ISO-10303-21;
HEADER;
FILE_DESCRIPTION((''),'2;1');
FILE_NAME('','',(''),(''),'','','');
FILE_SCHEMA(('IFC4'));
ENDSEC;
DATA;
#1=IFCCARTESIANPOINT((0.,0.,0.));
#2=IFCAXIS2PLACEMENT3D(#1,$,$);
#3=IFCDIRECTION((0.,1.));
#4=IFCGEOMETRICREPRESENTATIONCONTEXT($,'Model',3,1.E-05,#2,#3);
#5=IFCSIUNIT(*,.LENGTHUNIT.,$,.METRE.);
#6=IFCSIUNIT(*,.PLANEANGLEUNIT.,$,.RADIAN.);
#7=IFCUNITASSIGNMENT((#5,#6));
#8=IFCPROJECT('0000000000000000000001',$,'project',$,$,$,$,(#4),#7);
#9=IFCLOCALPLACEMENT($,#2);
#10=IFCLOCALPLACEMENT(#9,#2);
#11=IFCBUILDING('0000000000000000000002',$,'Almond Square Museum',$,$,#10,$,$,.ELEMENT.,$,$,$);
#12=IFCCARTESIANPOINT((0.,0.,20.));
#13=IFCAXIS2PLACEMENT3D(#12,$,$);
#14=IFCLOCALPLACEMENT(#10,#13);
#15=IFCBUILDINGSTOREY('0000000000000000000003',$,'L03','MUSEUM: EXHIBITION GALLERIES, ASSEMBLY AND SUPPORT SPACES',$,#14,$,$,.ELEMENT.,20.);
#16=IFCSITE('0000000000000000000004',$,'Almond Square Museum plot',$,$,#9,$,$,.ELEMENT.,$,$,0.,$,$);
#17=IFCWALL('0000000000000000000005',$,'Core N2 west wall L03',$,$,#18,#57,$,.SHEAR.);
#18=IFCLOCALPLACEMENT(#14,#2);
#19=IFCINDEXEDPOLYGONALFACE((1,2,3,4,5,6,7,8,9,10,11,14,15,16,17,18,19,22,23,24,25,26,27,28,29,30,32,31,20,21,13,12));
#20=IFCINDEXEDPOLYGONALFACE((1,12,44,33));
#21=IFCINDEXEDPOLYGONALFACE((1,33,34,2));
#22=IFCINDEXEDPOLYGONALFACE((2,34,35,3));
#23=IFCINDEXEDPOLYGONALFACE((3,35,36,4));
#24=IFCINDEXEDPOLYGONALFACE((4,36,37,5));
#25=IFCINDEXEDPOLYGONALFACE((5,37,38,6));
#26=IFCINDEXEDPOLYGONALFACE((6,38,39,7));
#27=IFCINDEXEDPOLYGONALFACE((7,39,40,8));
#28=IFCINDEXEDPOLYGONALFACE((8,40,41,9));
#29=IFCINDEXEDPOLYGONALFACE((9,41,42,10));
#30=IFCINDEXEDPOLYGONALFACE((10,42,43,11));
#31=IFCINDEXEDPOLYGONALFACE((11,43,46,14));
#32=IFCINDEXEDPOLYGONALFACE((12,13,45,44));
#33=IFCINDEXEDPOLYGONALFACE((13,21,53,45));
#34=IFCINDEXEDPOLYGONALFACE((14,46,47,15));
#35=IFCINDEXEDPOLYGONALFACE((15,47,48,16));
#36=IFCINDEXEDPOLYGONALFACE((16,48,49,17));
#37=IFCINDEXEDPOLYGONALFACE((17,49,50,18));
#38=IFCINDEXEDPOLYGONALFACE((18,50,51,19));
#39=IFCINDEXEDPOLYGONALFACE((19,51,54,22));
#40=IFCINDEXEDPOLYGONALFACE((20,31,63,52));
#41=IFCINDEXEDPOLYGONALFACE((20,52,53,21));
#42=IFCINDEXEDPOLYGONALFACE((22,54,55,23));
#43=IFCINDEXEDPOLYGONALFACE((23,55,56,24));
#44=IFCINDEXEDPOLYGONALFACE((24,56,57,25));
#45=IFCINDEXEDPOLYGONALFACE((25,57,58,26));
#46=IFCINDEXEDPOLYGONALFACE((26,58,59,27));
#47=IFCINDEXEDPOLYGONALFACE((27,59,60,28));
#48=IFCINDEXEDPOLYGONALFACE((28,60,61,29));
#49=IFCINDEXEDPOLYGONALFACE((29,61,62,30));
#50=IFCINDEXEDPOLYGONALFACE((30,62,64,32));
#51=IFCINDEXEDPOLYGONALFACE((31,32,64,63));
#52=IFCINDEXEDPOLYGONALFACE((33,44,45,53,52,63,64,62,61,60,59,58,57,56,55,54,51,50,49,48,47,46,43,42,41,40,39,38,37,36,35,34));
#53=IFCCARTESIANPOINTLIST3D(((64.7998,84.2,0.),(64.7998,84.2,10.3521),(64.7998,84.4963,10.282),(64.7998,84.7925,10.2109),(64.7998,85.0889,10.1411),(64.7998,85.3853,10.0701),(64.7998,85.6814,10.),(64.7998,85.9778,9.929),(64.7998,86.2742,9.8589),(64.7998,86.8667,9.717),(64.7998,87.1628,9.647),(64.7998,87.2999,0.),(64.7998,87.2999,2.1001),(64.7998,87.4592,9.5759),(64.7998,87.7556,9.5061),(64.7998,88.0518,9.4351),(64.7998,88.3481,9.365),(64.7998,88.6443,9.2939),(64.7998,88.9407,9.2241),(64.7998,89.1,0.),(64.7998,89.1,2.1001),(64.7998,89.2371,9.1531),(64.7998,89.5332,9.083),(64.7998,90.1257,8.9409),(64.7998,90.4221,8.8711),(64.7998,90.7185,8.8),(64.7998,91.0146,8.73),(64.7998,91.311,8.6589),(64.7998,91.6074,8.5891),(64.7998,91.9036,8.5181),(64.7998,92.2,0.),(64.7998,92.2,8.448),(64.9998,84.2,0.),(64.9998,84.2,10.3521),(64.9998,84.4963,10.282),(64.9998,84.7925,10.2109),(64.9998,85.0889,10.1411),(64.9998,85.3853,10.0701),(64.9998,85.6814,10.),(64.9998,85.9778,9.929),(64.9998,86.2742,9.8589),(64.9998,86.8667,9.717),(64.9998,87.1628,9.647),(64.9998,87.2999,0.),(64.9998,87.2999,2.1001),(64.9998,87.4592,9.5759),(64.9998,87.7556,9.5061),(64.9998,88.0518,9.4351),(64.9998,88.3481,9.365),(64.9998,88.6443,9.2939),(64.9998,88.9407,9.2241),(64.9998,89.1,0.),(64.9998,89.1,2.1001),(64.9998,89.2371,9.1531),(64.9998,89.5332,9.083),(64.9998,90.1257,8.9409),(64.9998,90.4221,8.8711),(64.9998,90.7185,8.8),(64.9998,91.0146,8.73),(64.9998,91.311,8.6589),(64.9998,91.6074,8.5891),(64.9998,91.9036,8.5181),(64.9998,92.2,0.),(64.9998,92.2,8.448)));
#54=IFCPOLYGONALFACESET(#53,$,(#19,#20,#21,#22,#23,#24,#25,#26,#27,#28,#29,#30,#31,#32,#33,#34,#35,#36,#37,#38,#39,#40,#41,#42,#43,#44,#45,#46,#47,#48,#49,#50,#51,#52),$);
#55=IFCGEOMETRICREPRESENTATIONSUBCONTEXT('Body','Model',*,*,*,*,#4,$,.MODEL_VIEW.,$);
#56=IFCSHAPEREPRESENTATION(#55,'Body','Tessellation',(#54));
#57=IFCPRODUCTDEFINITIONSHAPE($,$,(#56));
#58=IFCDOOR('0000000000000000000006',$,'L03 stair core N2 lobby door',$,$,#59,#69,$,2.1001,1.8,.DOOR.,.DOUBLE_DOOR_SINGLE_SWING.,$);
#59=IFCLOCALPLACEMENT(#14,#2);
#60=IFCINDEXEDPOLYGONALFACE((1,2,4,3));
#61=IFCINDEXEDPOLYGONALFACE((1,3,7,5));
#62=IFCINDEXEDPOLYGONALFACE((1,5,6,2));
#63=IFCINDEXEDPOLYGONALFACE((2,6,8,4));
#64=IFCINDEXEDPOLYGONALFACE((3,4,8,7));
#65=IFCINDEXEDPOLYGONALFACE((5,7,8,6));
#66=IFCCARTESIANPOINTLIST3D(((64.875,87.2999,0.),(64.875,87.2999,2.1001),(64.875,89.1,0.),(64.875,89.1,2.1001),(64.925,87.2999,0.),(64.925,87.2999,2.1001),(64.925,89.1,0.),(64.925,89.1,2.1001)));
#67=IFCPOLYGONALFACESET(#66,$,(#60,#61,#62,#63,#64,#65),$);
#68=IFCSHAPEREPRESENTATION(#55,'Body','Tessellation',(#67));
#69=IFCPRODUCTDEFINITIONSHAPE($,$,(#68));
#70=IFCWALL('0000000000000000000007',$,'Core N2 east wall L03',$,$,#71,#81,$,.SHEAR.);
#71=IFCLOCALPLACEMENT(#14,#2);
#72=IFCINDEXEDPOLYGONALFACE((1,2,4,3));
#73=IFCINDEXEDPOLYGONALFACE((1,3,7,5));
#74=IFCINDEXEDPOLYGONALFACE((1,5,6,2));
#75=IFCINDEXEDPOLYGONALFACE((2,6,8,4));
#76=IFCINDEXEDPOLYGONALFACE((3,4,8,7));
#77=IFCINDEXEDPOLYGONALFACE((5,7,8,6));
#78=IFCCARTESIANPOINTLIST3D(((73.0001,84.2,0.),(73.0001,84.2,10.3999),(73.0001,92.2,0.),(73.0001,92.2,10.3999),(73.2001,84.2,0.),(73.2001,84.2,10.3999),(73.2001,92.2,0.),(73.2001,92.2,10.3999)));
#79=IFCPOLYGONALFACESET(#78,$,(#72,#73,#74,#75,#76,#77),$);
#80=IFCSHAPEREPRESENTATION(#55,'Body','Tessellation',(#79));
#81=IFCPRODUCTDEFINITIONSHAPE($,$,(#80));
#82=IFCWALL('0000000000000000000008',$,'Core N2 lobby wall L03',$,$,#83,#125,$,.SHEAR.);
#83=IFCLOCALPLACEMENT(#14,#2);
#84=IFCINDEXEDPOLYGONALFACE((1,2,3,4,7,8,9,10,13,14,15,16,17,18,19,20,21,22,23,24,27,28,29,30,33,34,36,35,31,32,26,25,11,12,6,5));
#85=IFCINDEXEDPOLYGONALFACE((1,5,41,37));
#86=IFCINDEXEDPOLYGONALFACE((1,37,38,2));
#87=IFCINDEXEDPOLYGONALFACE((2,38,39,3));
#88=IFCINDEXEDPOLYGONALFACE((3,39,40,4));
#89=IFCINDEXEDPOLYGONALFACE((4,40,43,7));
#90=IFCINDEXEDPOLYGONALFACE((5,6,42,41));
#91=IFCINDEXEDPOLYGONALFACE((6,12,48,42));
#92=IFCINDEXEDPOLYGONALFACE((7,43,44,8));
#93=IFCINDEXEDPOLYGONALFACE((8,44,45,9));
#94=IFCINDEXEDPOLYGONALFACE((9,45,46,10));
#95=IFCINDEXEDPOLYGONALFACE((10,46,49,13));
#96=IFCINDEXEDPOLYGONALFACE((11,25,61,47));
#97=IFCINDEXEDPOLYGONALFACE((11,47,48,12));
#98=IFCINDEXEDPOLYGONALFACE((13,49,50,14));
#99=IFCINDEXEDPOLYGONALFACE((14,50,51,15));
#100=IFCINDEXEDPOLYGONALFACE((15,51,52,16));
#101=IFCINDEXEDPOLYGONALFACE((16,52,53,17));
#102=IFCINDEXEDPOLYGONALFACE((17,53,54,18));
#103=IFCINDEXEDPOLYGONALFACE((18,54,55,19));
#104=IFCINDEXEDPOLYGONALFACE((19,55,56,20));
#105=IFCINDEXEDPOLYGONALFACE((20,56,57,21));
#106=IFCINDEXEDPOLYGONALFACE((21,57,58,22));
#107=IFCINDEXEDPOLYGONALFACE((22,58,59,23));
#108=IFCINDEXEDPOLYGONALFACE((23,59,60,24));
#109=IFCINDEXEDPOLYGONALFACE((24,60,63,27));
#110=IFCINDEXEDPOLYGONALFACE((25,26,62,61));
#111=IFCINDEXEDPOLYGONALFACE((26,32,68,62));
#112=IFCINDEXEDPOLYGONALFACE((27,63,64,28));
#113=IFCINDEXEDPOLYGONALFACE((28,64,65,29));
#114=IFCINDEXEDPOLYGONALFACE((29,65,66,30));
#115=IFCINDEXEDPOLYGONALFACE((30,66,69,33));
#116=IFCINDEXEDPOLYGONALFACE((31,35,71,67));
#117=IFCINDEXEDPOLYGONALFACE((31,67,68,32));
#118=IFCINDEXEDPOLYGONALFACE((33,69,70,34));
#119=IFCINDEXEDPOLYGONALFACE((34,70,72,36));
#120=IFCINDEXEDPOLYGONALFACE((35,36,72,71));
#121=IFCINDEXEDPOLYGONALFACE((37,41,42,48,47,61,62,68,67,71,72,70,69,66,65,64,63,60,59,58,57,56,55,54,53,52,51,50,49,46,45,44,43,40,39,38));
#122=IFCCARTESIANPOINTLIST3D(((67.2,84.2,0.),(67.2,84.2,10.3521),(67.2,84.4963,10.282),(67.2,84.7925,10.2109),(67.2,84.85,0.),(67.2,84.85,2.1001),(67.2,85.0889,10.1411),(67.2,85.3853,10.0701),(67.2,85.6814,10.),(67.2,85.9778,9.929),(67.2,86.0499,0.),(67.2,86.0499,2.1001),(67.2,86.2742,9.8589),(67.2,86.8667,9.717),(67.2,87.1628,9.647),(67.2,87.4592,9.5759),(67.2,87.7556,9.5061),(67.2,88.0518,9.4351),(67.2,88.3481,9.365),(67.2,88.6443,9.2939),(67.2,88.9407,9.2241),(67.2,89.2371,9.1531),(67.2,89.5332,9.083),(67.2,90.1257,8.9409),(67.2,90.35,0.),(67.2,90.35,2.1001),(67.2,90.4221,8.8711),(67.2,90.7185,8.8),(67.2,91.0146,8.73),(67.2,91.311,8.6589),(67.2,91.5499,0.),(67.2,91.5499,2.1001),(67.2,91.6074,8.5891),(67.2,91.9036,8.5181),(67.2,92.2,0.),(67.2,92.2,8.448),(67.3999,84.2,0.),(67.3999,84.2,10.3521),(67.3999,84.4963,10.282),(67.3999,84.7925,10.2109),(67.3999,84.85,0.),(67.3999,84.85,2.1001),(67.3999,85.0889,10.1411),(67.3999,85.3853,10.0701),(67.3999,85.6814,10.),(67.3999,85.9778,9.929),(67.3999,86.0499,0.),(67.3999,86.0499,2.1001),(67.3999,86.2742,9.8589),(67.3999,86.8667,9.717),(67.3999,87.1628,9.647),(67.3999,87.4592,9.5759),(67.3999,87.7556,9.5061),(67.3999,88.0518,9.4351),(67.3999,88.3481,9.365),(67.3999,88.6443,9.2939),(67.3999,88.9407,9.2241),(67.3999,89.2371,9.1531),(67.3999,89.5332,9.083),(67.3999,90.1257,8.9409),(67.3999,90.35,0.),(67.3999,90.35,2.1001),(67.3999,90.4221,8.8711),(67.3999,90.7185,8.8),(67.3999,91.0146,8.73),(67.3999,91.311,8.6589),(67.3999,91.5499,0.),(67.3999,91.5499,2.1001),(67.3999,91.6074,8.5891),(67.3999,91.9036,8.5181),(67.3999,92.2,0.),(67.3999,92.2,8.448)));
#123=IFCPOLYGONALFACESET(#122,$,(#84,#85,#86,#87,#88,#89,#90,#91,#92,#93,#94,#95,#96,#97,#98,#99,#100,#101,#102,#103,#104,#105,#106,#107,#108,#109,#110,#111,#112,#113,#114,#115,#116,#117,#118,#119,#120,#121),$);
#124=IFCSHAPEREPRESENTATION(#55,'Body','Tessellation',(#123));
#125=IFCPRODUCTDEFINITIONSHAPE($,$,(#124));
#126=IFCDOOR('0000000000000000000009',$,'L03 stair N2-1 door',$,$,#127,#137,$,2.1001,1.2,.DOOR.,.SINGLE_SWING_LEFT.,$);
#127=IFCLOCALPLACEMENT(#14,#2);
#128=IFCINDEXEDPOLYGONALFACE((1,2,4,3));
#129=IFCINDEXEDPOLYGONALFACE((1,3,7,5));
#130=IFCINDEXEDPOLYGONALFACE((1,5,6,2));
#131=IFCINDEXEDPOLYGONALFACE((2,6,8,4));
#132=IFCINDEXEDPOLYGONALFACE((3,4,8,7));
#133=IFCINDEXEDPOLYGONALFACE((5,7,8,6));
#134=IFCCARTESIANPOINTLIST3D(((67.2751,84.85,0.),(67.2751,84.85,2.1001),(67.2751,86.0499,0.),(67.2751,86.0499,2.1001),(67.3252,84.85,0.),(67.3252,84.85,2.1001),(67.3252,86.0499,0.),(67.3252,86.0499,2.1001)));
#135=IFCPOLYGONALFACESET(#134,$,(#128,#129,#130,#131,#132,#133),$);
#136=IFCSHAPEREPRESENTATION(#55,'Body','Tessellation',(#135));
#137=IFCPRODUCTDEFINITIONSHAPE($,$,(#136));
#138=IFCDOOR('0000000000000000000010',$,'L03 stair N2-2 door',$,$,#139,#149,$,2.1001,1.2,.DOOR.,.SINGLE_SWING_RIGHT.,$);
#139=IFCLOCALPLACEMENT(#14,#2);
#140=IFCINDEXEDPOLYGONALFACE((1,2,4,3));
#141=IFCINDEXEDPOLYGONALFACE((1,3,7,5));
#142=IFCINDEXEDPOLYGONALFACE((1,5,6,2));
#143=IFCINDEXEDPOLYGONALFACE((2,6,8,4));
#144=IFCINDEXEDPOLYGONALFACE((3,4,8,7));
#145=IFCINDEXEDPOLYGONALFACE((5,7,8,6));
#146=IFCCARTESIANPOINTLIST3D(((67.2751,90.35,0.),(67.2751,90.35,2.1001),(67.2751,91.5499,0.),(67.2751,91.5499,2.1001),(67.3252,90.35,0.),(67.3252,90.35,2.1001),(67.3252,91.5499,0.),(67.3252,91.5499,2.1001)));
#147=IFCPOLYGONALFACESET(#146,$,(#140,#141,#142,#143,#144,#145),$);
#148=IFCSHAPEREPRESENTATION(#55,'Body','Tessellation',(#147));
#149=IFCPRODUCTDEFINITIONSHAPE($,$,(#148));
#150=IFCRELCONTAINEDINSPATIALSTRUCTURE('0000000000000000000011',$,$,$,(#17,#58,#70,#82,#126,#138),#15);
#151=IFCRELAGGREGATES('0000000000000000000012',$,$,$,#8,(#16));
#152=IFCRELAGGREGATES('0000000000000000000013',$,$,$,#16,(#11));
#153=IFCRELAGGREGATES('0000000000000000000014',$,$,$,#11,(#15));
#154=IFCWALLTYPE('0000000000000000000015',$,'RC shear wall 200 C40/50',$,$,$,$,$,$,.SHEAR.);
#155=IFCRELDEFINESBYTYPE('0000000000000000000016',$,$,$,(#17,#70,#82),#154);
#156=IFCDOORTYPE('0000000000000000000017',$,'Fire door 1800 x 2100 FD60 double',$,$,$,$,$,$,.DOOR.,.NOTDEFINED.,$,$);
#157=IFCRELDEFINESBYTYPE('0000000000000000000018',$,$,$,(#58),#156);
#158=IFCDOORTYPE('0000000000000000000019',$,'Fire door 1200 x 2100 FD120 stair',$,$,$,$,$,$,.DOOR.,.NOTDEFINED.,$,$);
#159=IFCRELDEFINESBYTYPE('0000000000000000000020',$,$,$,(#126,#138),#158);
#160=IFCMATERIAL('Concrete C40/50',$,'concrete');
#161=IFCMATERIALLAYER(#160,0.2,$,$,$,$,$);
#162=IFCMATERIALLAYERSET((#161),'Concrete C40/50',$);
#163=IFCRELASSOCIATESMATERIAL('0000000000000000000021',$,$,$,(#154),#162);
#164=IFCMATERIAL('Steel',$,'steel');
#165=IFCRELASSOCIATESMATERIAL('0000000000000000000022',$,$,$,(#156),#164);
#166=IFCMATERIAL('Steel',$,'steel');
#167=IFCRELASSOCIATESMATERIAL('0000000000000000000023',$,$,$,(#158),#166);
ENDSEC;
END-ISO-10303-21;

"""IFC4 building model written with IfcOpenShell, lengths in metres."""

from ifc_helpers import new_model, si_unit, direction, frame, frame_2d, origin, place, context, subcontext, project, spatial, polyline, rectangle, outline, extrude, material, layer, layer_set, type_object, element, fill, save


model = new_model("IFC4")

# Units and contexts
model_context = context("Model", 3, precision=1e-05, world=origin(), true_north=direction((0.0, 1.0)))
body_context = subcontext(model_context, "Body", "Model", "MODEL_VIEW")
ifc_project = project(units=[si_unit("LENGTHUNIT", "METRE"), si_unit("PLANEANGLEUNIT", "RADIAN")], contexts=[model_context])

# Site, building, storey
site_placement = place(None, origin())
site = spatial("IfcSite", under=ifc_project, at=site_placement, Name="Almond Square Museum plot", CompositionType="ELEMENT", RefElevation=0.0)
building_placement = place(site_placement, origin())
building = spatial("IfcBuilding", under=site, at=building_placement, Name="Almond Square Museum", CompositionType="ELEMENT")
storey_placement = place(building_placement, frame((0.0, 0.0, 20.0)))
storey = spatial("IfcBuildingStorey", under=building, at=storey_placement, Name="L03", Description="MUSEUM: EXHIBITION GALLERIES, ASSEMBLY AND SUPPORT SPACES", CompositionType="ELEMENT", Elevation=20.0)

# Shared definitions
ifc_material_1 = material(Name="Concrete C40/50", Category="concrete")
ifc_layer_1 = layer(ifc_material_1, 0.2)
ifc_layer_set_1 = layer_set([ifc_layer_1], Name="Concrete C40/50")
wall_type = type_object("IfcWallType", Name="RC shear wall 200 C40/50", PredefinedType="SHEAR", material=ifc_layer_set_1)

# Wall, opening, door
wall_1_placement = place(storey_placement, frame((64.8999, 84.2, 0.0), z_axis=(0.0, 0.0, 1.0), x_axis=(0.0, 1.0, 0.0)))
wall_1 = element("IfcWall", 1, at=wall_1_placement, inside=storey, type_object=wall_type, Name="Core N2 west wall L03", PredefinedType="SHEAR", context=body_context, shape_type="SweptSolid", body=[
    extrude(outline(polyline([(0.0, 0.0), (8.0, 0.0), (8.0, 8.448), (7.7036, 8.5181), (7.4075, 8.5891), (7.1111, 8.6589), (6.8147, 8.73), (6.5186, 8.8), (6.2222, 8.8711), (5.9258, 8.9409), (5.3333, 9.083), (5.0371, 9.1531), (4.7407, 9.2241), (4.4443, 9.2939), (4.1482, 9.365), (3.8518, 9.4351), (3.5557, 9.5061), (3.2593, 9.5759), (2.9629, 9.647), (2.6667, 9.717), (2.0742, 9.8589), (1.7778, 9.929), (1.4814, 10.0), (1.1853, 10.0701), (0.8889, 10.1411), (0.5925, 10.2109), (0.2964, 10.282), (0.0, 10.3521), (0.0, 0.0)])), frame((0.0, 0.1001, 0.0), z_axis=(0.0, -1.0, 0.0), x_axis=(1.0, 0.0, 0.0)), (0.0, 0.0, 1.0), 0.2),
])
opening_1_placement = place(wall_1_placement, frame((3.1001, 0.0, 0.0)))
opening_1 = element("IfcOpeningElement", 2, at=opening_1_placement, cuts=wall_1, PredefinedType="OPENING", context=body_context, shape_type="SweptSolid", body=[
    extrude(rectangle(XDim=1.8, YDim=2.1001, at=frame_2d((0.8999, 1.05))), frame((0.0, 0.1099, 0.0), z_axis=(0.0, -1.0, 0.0), x_axis=(1.0, 0.0, 0.0)), (0.0, 0.0, 1.0), 0.22),
])
ifc_material_2 = material(Name="Steel", Category="steel")
door_type_1 = type_object("IfcDoorType", Name="Fire door 1800 x 2100 FD60 double", OperationType="NOTDEFINED", PredefinedType="DOOR", material=ifc_material_2)
door_1_placement = place(opening_1_placement, origin())
door_1 = element("IfcDoor", 3, at=door_1_placement, inside=storey, type_object=door_type_1, Name="L03 stair core N2 lobby door", OperationType="DOUBLE_DOOR_SINGLE_SWING", OverallHeight=2.1001, OverallWidth=1.8, PredefinedType="DOOR", context=body_context, shape_type="SweptSolid", body=[
    extrude(rectangle(XDim=1.8, YDim=2.1001, at=frame_2d((0.8999, 1.05))), frame((0.0, 0.0249, 0.0), z_axis=(0.0, -1.0, 0.0), x_axis=(1.0, 0.0, 0.0)), (0.0, 0.0, 1.0), 0.05),
])
fill(opening_1, door_1)

# Wall
wall_2_placement = place(storey_placement, frame((73.1001, 84.2, 0.0), z_axis=(0.0, 0.0, 1.0), x_axis=(0.0, 1.0, 0.0)))
element("IfcWall", 4, at=wall_2_placement, inside=storey, type_object=wall_type, Name="Core N2 east wall L03", PredefinedType="SHEAR", context=body_context, shape_type="SweptSolid", body=[
    extrude(rectangle(XDim=8.0, YDim=0.2, at=frame_2d((4.0, 0.0))), origin(), (0.0, 0.0, 1.0), 10.3999),
])

# Wall, openings, doors
wall_3_placement = place(storey_placement, frame((67.3, 84.2, 0.0), z_axis=(0.0, 0.0, 1.0), x_axis=(0.0, 1.0, 0.0)))
wall_3 = element("IfcWall", 5, at=wall_3_placement, inside=storey, type_object=wall_type, Name="Core N2 lobby wall L03", PredefinedType="SHEAR", context=body_context, shape_type="SweptSolid", body=[
    extrude(outline(polyline([(0.0, 0.0), (8.0, 0.0), (8.0, 8.448), (7.7036, 8.5181), (7.4075, 8.5891), (7.1111, 8.6589), (6.8147, 8.73), (6.5186, 8.8), (6.2222, 8.8711), (5.9258, 8.9409), (5.3333, 9.083), (5.0371, 9.1531), (4.7407, 9.2241), (4.4443, 9.2939), (4.1482, 9.365), (3.8518, 9.4351), (3.5557, 9.5061), (3.2593, 9.5759), (2.9629, 9.647), (2.6667, 9.717), (2.0742, 9.8589), (1.7778, 9.929), (1.4814, 10.0), (1.1853, 10.0701), (0.8889, 10.1411), (0.5925, 10.2109), (0.2964, 10.282), (0.0, 10.3521), (0.0, 0.0)])), frame((0.0, 0.1001, 0.0), z_axis=(0.0, -1.0, 0.0), x_axis=(1.0, 0.0, 0.0)), (0.0, 0.0, 1.0), 0.2),
])
opening_2_placement = place(wall_3_placement, frame((0.6499, 0.0, 0.0)))
opening_2 = element("IfcOpeningElement", 6, at=opening_2_placement, cuts=wall_3, PredefinedType="OPENING", context=body_context, shape_type="SweptSolid", body=[
    extrude(rectangle(XDim=1.2, YDim=2.1001, at=frame_2d((0.6001, 1.05))), frame((0.0, 0.1099, 0.0), z_axis=(0.0, -1.0, 0.0), x_axis=(1.0, 0.0, 0.0)), (0.0, 0.0, 1.0), 0.22),
])
opening_3_placement = place(wall_3_placement, frame((6.1499, 0.0, 0.0)))
opening_3 = element("IfcOpeningElement", 7, at=opening_3_placement, cuts=wall_3, PredefinedType="OPENING", context=body_context, shape_type="SweptSolid", body=[
    extrude(rectangle(XDim=1.2, YDim=2.1001, at=frame_2d((0.6001, 1.05))), frame((0.0, 0.1099, 0.0), z_axis=(0.0, -1.0, 0.0), x_axis=(1.0, 0.0, 0.0)), (0.0, 0.0, 1.0), 0.22),
])
ifc_material_3 = material(Name="Steel", Category="steel")
door_type_2 = type_object("IfcDoorType", Name="Fire door 1200 x 2100 FD120 stair", OperationType="NOTDEFINED", PredefinedType="DOOR", material=ifc_material_3)
door_2_placement = place(opening_2_placement, origin())
door_2 = element("IfcDoor", 8, at=door_2_placement, inside=storey, type_object=door_type_2, Name="L03 stair N2-1 door", OperationType="SINGLE_SWING_LEFT", OverallHeight=2.1001, OverallWidth=1.2, PredefinedType="DOOR", context=body_context, shape_type="SweptSolid", body=[
    extrude(rectangle(XDim=1.2, YDim=2.1001, at=frame_2d((0.6001, 1.05))), frame((0.0, 0.0249, 0.0), z_axis=(0.0, -1.0, 0.0), x_axis=(1.0, 0.0, 0.0)), (0.0, 0.0, 1.0), 0.05),
])
fill(opening_2, door_2)
door_3_placement = place(opening_3_placement, origin())
door_3 = element("IfcDoor", 9, at=door_3_placement, inside=storey, type_object=door_type_2, Name="L03 stair N2-2 door", OperationType="SINGLE_SWING_RIGHT", OverallHeight=2.1001, OverallWidth=1.2, PredefinedType="DOOR", context=body_context, shape_type="SweptSolid", body=[
    extrude(rectangle(XDim=1.2, YDim=2.1001, at=frame_2d((0.6001, 1.05))), frame((0.0, 0.0249, 0.0), z_axis=(0.0, -1.0, 0.0), x_axis=(1.0, 0.0, 0.0)), (0.0, 0.0, 1.0), 0.05),
])
fill(opening_3, door_3)

save(model, "model.ifc")
